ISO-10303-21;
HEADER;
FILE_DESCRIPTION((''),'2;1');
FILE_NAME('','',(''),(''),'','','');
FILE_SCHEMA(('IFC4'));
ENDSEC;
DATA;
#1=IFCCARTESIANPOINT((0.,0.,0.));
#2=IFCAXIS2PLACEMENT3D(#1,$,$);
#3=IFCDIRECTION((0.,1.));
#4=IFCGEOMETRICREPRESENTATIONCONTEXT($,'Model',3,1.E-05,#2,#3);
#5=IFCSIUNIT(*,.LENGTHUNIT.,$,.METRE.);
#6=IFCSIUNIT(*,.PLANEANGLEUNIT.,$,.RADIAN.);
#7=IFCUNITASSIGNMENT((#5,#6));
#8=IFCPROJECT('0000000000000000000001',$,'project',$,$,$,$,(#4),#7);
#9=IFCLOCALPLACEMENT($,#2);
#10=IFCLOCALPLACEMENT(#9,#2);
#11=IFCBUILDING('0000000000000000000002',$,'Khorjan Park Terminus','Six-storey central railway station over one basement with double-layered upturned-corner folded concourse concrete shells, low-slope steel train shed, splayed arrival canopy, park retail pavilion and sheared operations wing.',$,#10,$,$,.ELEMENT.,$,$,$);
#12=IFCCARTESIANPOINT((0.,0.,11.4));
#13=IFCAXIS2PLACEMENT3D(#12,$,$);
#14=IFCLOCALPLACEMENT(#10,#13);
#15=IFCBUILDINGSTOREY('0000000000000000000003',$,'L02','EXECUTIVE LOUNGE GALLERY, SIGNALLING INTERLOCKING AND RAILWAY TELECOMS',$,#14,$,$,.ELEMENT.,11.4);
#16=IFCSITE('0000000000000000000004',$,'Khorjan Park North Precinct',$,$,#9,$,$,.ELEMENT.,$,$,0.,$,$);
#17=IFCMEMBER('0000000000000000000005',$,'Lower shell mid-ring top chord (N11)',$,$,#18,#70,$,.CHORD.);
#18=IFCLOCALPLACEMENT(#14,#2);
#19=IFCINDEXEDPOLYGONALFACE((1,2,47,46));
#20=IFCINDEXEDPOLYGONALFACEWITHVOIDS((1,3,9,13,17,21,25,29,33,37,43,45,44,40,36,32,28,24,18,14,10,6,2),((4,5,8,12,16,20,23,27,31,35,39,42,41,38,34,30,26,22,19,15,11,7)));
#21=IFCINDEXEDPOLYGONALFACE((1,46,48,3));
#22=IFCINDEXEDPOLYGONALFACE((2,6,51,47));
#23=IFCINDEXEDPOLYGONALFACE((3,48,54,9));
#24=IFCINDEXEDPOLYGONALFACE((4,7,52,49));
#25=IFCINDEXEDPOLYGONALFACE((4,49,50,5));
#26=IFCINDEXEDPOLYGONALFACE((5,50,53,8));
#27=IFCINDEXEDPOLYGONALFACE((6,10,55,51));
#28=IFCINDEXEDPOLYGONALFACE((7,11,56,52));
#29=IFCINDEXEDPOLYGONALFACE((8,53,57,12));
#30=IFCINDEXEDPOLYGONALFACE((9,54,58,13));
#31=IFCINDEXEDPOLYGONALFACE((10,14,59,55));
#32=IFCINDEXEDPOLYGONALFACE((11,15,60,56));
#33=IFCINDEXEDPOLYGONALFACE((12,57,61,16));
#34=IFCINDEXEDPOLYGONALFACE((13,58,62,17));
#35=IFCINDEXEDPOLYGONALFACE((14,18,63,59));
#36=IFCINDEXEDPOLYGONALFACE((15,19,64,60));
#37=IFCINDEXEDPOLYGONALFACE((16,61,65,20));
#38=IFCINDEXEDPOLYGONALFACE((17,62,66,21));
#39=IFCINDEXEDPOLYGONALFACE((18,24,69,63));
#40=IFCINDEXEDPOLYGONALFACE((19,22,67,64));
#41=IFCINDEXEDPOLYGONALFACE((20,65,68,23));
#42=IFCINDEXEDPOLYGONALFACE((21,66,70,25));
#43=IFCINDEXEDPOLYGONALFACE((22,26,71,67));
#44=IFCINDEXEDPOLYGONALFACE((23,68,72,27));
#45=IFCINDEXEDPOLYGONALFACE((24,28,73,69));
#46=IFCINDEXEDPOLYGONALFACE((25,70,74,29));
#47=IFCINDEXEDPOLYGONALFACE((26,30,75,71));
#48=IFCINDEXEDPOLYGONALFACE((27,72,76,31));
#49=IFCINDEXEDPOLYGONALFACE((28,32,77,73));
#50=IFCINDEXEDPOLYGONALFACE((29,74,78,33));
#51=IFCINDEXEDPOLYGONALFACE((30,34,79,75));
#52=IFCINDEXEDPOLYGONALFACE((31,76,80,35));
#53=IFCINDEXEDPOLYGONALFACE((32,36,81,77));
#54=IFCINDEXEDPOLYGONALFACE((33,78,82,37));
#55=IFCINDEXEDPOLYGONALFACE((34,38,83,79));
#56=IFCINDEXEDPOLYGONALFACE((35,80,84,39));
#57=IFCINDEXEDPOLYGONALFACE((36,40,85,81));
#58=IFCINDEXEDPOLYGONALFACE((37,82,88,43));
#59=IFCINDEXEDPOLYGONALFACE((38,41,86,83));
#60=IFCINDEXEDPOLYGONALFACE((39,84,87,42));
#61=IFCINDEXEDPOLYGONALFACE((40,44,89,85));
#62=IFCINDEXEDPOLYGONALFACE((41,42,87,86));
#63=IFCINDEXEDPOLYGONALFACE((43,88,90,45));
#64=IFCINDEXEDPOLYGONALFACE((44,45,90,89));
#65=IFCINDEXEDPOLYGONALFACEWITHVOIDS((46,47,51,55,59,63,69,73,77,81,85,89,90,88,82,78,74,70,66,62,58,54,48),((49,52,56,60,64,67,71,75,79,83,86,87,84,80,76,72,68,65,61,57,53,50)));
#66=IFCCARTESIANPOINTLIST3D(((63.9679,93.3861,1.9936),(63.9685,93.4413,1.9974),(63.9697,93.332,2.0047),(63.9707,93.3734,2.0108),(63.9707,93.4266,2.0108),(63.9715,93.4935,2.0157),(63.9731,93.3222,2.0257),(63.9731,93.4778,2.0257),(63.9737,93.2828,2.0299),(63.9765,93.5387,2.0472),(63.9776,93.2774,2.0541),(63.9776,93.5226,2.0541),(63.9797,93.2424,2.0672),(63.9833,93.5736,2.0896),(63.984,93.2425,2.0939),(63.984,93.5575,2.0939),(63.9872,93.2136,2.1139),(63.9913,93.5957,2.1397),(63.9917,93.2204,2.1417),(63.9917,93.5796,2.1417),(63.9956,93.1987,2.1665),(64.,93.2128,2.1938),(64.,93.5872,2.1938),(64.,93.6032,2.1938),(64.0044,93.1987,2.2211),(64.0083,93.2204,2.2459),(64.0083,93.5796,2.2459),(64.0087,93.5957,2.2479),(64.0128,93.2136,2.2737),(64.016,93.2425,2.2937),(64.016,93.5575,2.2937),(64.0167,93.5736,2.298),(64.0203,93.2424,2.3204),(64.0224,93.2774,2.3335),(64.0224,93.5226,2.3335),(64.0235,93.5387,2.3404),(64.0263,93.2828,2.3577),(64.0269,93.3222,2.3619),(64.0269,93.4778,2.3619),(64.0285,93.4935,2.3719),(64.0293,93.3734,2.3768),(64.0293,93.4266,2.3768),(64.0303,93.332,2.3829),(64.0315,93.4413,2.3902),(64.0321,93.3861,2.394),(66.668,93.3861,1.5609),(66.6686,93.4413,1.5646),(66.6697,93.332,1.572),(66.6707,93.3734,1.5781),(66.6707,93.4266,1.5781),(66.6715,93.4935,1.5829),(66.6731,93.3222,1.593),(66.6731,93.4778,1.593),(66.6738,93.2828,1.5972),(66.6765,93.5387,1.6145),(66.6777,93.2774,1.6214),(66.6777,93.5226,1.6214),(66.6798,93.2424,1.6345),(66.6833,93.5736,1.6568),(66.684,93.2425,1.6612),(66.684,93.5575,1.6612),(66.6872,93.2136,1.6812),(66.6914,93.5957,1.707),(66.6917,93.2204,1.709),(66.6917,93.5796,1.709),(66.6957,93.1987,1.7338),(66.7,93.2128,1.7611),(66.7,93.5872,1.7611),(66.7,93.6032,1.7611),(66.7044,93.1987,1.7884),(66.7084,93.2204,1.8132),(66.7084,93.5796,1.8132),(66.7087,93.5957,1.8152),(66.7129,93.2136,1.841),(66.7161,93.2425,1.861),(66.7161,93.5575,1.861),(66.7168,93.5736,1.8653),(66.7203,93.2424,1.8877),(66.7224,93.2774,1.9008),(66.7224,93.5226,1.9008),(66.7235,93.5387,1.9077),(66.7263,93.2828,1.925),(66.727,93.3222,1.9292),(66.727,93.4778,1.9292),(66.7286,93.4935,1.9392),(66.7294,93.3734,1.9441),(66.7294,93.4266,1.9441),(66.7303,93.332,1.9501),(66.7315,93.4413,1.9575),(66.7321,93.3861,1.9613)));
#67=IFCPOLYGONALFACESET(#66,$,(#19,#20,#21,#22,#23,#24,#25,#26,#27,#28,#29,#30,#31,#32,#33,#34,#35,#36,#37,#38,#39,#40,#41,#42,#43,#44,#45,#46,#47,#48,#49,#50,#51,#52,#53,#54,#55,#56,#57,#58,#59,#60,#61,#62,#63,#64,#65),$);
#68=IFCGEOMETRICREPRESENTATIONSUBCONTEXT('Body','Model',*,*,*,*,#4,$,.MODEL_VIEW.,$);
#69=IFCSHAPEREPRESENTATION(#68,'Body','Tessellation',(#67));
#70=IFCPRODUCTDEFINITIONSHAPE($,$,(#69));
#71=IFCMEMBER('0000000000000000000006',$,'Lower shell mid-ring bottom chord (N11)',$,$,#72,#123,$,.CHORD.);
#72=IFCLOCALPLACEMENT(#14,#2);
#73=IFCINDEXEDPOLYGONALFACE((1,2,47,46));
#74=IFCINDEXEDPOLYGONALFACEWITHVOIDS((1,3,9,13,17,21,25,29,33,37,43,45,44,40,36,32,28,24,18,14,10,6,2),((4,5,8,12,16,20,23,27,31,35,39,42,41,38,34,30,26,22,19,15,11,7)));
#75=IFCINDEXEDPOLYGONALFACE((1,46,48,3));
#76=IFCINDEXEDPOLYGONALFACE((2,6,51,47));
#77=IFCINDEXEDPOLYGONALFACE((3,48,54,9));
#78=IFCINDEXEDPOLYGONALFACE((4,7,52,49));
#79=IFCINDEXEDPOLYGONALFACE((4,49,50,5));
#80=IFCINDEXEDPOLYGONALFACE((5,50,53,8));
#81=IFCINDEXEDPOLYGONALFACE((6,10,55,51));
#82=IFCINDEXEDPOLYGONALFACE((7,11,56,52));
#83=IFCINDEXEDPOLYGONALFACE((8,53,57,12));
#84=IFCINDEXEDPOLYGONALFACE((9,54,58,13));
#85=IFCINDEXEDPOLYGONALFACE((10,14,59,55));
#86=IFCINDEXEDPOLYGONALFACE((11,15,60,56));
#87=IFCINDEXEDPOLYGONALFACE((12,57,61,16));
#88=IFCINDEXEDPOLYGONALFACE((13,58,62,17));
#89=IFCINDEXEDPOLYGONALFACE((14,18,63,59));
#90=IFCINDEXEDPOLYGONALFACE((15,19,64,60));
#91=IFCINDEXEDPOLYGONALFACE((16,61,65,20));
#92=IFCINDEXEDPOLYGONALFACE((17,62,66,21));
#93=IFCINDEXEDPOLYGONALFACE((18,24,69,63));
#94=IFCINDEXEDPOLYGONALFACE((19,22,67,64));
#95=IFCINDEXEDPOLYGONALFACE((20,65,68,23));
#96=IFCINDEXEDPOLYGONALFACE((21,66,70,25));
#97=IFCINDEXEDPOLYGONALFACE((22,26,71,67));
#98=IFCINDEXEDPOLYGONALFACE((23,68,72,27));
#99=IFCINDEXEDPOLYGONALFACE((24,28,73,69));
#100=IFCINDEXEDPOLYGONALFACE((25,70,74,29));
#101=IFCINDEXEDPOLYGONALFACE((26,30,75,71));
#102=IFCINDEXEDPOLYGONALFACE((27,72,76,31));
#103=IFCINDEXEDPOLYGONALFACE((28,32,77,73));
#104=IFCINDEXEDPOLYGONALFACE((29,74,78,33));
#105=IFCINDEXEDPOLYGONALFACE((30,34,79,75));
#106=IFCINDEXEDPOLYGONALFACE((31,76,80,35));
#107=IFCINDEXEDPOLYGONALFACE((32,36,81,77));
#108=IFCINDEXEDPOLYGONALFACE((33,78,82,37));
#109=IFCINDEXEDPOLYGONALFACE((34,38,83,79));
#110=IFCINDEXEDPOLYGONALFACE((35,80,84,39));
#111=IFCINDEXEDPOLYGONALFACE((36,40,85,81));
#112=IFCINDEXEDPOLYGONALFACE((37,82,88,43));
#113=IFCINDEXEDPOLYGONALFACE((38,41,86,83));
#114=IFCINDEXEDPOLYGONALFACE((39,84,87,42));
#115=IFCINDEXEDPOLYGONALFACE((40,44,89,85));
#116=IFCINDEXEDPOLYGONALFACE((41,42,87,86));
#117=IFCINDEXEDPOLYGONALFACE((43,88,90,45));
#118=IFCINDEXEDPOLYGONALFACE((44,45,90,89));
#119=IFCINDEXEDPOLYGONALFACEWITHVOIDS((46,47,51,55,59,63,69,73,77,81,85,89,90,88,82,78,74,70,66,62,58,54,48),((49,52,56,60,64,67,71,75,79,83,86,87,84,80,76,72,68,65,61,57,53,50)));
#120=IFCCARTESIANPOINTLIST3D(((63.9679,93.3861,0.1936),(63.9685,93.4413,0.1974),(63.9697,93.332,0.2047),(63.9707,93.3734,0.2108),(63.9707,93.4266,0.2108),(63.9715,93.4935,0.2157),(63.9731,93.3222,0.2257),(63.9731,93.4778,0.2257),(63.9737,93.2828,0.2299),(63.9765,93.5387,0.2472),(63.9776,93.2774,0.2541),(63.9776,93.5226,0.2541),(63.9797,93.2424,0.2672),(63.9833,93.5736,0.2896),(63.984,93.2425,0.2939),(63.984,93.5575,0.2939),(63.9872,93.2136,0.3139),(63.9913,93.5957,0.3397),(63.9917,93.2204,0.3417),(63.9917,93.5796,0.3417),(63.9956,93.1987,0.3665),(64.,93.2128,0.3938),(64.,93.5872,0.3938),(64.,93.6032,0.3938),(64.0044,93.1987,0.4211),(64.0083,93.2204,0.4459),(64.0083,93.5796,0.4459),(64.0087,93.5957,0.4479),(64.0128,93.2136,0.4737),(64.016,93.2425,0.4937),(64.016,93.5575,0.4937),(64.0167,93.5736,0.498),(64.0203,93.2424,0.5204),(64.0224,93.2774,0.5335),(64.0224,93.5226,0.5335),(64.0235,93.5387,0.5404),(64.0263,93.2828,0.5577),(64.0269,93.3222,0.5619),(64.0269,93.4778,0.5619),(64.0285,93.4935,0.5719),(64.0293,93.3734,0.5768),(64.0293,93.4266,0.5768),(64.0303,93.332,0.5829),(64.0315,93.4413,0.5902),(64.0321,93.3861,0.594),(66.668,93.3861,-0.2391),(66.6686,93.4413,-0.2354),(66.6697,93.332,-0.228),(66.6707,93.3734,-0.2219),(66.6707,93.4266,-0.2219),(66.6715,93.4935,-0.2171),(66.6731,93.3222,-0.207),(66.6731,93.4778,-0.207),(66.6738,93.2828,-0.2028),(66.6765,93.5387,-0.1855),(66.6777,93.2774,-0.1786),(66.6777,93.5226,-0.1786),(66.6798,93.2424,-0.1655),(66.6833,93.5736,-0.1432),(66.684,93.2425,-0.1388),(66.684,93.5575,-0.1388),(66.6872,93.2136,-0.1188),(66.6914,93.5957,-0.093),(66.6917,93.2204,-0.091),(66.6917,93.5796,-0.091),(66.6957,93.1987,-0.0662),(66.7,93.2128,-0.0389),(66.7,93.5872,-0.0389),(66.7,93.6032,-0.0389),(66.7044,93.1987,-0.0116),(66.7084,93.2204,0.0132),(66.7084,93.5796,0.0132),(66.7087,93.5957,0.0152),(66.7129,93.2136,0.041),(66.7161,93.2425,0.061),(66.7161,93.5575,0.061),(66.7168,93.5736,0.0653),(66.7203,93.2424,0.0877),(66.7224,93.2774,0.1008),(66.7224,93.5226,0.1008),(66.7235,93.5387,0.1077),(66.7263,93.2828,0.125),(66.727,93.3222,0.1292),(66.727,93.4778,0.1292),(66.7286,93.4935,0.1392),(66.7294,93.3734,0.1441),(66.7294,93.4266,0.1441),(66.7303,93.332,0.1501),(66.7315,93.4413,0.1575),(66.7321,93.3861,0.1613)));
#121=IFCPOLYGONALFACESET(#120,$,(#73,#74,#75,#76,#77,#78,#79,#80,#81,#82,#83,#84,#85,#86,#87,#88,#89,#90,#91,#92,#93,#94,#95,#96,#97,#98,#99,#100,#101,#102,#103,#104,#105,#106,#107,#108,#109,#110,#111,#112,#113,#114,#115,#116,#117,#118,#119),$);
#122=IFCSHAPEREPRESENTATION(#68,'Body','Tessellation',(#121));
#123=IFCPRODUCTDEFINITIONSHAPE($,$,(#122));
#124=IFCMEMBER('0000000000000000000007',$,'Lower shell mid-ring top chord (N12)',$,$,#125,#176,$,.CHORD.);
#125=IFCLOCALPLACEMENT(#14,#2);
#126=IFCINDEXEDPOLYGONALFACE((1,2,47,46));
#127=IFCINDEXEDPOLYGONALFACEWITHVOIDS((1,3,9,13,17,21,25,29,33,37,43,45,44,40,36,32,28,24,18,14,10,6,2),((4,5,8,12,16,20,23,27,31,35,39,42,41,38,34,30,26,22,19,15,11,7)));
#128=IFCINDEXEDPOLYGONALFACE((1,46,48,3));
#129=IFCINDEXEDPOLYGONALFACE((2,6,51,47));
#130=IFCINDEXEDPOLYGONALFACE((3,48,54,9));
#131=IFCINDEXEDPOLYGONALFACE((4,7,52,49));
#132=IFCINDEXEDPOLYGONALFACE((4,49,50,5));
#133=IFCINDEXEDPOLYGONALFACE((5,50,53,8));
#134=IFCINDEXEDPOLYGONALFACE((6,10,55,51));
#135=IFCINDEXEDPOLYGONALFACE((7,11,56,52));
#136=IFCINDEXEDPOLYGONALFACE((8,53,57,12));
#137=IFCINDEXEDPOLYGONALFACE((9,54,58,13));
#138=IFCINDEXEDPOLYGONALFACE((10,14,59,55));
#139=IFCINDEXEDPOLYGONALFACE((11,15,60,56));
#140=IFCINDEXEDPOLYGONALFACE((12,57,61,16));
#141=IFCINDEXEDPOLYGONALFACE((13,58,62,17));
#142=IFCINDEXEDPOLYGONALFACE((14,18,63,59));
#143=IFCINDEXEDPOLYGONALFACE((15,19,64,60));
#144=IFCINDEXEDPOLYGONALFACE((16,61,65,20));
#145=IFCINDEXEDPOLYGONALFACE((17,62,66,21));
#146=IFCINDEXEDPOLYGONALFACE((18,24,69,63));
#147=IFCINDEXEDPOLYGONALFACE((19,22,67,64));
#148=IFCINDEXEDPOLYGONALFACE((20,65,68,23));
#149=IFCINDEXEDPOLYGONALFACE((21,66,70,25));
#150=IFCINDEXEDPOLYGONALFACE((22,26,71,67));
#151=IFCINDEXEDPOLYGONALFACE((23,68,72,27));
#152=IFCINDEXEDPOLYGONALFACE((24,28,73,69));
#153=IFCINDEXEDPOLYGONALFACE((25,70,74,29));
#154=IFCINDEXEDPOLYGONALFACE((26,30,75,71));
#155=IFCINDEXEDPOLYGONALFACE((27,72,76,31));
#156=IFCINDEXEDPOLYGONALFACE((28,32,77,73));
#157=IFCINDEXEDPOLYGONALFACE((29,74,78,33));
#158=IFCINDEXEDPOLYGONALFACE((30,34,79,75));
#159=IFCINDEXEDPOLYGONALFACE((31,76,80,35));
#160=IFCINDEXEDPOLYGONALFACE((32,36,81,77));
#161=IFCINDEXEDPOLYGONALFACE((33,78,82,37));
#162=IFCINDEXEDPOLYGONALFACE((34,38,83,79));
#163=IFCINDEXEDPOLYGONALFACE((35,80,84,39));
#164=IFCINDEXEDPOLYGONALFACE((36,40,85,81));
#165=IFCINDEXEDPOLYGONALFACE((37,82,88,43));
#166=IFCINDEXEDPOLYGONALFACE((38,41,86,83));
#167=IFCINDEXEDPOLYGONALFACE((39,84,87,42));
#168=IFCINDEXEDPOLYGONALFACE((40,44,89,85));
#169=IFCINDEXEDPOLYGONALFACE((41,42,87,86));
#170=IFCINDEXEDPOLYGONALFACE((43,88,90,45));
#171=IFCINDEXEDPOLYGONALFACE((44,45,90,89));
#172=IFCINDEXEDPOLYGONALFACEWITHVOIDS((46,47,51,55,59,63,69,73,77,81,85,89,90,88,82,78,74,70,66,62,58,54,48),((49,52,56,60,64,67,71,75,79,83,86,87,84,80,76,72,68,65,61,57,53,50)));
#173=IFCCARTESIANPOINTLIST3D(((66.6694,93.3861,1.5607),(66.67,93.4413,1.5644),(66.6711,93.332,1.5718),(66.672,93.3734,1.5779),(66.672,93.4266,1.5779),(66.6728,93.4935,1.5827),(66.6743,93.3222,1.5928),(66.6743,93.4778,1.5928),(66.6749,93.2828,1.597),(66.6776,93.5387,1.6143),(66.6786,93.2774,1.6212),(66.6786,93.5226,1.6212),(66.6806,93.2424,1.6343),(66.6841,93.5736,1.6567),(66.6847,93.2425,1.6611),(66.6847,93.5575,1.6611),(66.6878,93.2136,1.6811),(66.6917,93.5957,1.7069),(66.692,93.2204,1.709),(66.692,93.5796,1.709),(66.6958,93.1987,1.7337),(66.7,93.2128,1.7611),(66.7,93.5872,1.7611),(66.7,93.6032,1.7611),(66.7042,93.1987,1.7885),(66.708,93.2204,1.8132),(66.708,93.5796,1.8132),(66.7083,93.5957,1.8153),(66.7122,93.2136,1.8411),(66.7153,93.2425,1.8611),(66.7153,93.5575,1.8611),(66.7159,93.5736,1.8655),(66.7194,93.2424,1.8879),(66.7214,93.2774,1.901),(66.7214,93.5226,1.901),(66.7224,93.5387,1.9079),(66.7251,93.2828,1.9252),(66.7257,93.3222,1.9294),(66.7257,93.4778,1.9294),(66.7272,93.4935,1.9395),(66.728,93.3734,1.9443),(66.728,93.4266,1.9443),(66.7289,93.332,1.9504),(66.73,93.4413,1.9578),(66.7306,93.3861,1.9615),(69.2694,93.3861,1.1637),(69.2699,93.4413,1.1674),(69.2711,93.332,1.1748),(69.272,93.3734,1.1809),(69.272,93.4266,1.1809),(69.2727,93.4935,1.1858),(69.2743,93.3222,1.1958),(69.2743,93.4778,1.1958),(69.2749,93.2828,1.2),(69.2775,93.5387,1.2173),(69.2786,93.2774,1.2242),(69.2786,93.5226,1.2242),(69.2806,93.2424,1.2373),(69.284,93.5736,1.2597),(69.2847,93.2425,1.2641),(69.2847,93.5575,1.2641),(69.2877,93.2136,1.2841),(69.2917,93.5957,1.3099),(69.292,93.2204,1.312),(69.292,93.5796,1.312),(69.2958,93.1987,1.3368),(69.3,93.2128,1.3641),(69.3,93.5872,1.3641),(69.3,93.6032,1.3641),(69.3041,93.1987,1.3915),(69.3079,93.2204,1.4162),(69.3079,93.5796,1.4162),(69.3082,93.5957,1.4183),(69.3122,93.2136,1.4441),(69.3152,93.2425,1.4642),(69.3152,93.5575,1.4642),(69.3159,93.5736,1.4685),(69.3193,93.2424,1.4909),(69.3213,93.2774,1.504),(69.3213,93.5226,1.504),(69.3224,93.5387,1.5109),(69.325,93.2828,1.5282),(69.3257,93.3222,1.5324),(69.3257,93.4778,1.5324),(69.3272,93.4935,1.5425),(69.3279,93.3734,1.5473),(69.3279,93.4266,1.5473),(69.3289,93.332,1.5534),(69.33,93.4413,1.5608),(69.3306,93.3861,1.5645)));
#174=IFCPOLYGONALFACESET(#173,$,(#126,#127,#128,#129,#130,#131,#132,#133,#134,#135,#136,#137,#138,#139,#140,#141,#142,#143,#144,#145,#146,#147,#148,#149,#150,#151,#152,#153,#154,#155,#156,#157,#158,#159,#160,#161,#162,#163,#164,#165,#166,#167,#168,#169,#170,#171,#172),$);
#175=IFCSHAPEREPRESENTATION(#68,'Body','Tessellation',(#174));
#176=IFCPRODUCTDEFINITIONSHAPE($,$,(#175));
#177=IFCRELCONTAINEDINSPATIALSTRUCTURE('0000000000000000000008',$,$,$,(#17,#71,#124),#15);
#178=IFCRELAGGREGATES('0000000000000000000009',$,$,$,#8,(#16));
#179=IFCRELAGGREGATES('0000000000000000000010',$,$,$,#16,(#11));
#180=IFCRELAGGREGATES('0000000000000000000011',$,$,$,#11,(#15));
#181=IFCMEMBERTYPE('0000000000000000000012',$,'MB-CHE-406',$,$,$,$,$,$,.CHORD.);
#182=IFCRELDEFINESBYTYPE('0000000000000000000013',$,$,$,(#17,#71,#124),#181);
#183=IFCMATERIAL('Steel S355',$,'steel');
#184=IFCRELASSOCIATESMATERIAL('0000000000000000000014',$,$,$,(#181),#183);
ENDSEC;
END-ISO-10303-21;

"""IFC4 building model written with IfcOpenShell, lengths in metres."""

from ifc_helpers import new_model, si_unit, direction, frame, origin, origin_2d, place, context, subcontext, project, spatial, hollow_circle, extrude, material, material_profile, profile_set, type_object, element, save


model = new_model("IFC4")

# Units and contexts
model_context = context("Model", 3, precision=1e-05, world=origin(), true_north=direction((0.0, 1.0)))
body_context = subcontext(model_context, "Body", "Model", "MODEL_VIEW")
ifc_project = project(units=[si_unit("LENGTHUNIT", "METRE"), si_unit("PLANEANGLEUNIT", "RADIAN")], contexts=[model_context])

# Site, building, storey
site_placement = place(None, origin())
site = spatial("IfcSite", under=ifc_project, at=site_placement, Name="Khorjan Park North Precinct", CompositionType="ELEMENT", RefElevation=0.0)
building_placement = place(site_placement, origin())
building = spatial("IfcBuilding", under=site, at=building_placement, Name="Khorjan Park Terminus", Description="Six-storey central railway station over one basement with double-layered upturned-corner folded concourse concrete shells, low-slope steel train shed, splayed arrival canopy, park retail pavilion and sheared operations wing.", CompositionType="ELEMENT")
storey_placement = place(building_placement, frame((0.0, 0.0, 11.4)))
storey = spatial("IfcBuildingStorey", under=building, at=storey_placement, Name="L02", Description="EXECUTIVE LOUNGE GALLERY, SIGNALLING INTERLOCKING AND RAILWAY TELECOMS", CompositionType="ELEMENT", Elevation=11.4)

# Members
ifc_material_1 = material(Name="Steel S355", Category="steel")
ifc_material_profile_1 = material_profile(ifc_material_1, hollow_circle(Radius=0.2032, WallThickness=0.016, at=origin_2d()), Name="CHS 406.4x16")
ifc_profile_set_1 = profile_set([ifc_material_profile_1], Name="Steel S355")
member_type_1 = type_object("IfcMemberType", Name="MB-CHE-406", PredefinedType="CHORD", material=ifc_profile_set_1)
for number, where, z_axis, x_axis, name in (
    (1, (64.0, 93.4, 2.1938), (0.987401, 0.0, -0.15824), (0.0, 1.0, 0.0), "Lower shell mid-ring top chord (N11)"),
    (2, (64.0, 93.4, 0.3938), (0.987401, 0.0, -0.15824), (0.0, 1.0, 0.0), "Lower shell mid-ring bottom chord (N11)"),
):
    element("IfcMember", number, at=place(storey_placement, frame(where, z_axis=z_axis, x_axis=x_axis)), inside=storey, type_object=member_type_1, Name=name, PredefinedType="CHORD", context=body_context, shape_type="SweptSolid", body=[
        extrude(hollow_circle(Radius=0.2032, WallThickness=0.016, at=origin_2d()), origin(), (0.0, 0.0, 1.0), 2.7345),
    ])
for number, where, z_axis, x_axis, name in (
    (3, (66.7, 93.4, 1.7611), (0.988542, 0.0, -0.150943), (0.0, 1.0, 0.0), "Lower shell mid-ring top chord (N12)"),
):
    element("IfcMember", number, at=place(storey_placement, frame(where, z_axis=z_axis, x_axis=x_axis)), inside=storey, type_object=member_type_1, Name=name, PredefinedType="CHORD", context=body_context, shape_type="SweptSolid", body=[
        extrude(hollow_circle(Radius=0.2032, WallThickness=0.016, at=origin_2d()), origin(), (0.0, 0.0, 1.0), 2.6301),
    ])

save(model, "model.ifc")
